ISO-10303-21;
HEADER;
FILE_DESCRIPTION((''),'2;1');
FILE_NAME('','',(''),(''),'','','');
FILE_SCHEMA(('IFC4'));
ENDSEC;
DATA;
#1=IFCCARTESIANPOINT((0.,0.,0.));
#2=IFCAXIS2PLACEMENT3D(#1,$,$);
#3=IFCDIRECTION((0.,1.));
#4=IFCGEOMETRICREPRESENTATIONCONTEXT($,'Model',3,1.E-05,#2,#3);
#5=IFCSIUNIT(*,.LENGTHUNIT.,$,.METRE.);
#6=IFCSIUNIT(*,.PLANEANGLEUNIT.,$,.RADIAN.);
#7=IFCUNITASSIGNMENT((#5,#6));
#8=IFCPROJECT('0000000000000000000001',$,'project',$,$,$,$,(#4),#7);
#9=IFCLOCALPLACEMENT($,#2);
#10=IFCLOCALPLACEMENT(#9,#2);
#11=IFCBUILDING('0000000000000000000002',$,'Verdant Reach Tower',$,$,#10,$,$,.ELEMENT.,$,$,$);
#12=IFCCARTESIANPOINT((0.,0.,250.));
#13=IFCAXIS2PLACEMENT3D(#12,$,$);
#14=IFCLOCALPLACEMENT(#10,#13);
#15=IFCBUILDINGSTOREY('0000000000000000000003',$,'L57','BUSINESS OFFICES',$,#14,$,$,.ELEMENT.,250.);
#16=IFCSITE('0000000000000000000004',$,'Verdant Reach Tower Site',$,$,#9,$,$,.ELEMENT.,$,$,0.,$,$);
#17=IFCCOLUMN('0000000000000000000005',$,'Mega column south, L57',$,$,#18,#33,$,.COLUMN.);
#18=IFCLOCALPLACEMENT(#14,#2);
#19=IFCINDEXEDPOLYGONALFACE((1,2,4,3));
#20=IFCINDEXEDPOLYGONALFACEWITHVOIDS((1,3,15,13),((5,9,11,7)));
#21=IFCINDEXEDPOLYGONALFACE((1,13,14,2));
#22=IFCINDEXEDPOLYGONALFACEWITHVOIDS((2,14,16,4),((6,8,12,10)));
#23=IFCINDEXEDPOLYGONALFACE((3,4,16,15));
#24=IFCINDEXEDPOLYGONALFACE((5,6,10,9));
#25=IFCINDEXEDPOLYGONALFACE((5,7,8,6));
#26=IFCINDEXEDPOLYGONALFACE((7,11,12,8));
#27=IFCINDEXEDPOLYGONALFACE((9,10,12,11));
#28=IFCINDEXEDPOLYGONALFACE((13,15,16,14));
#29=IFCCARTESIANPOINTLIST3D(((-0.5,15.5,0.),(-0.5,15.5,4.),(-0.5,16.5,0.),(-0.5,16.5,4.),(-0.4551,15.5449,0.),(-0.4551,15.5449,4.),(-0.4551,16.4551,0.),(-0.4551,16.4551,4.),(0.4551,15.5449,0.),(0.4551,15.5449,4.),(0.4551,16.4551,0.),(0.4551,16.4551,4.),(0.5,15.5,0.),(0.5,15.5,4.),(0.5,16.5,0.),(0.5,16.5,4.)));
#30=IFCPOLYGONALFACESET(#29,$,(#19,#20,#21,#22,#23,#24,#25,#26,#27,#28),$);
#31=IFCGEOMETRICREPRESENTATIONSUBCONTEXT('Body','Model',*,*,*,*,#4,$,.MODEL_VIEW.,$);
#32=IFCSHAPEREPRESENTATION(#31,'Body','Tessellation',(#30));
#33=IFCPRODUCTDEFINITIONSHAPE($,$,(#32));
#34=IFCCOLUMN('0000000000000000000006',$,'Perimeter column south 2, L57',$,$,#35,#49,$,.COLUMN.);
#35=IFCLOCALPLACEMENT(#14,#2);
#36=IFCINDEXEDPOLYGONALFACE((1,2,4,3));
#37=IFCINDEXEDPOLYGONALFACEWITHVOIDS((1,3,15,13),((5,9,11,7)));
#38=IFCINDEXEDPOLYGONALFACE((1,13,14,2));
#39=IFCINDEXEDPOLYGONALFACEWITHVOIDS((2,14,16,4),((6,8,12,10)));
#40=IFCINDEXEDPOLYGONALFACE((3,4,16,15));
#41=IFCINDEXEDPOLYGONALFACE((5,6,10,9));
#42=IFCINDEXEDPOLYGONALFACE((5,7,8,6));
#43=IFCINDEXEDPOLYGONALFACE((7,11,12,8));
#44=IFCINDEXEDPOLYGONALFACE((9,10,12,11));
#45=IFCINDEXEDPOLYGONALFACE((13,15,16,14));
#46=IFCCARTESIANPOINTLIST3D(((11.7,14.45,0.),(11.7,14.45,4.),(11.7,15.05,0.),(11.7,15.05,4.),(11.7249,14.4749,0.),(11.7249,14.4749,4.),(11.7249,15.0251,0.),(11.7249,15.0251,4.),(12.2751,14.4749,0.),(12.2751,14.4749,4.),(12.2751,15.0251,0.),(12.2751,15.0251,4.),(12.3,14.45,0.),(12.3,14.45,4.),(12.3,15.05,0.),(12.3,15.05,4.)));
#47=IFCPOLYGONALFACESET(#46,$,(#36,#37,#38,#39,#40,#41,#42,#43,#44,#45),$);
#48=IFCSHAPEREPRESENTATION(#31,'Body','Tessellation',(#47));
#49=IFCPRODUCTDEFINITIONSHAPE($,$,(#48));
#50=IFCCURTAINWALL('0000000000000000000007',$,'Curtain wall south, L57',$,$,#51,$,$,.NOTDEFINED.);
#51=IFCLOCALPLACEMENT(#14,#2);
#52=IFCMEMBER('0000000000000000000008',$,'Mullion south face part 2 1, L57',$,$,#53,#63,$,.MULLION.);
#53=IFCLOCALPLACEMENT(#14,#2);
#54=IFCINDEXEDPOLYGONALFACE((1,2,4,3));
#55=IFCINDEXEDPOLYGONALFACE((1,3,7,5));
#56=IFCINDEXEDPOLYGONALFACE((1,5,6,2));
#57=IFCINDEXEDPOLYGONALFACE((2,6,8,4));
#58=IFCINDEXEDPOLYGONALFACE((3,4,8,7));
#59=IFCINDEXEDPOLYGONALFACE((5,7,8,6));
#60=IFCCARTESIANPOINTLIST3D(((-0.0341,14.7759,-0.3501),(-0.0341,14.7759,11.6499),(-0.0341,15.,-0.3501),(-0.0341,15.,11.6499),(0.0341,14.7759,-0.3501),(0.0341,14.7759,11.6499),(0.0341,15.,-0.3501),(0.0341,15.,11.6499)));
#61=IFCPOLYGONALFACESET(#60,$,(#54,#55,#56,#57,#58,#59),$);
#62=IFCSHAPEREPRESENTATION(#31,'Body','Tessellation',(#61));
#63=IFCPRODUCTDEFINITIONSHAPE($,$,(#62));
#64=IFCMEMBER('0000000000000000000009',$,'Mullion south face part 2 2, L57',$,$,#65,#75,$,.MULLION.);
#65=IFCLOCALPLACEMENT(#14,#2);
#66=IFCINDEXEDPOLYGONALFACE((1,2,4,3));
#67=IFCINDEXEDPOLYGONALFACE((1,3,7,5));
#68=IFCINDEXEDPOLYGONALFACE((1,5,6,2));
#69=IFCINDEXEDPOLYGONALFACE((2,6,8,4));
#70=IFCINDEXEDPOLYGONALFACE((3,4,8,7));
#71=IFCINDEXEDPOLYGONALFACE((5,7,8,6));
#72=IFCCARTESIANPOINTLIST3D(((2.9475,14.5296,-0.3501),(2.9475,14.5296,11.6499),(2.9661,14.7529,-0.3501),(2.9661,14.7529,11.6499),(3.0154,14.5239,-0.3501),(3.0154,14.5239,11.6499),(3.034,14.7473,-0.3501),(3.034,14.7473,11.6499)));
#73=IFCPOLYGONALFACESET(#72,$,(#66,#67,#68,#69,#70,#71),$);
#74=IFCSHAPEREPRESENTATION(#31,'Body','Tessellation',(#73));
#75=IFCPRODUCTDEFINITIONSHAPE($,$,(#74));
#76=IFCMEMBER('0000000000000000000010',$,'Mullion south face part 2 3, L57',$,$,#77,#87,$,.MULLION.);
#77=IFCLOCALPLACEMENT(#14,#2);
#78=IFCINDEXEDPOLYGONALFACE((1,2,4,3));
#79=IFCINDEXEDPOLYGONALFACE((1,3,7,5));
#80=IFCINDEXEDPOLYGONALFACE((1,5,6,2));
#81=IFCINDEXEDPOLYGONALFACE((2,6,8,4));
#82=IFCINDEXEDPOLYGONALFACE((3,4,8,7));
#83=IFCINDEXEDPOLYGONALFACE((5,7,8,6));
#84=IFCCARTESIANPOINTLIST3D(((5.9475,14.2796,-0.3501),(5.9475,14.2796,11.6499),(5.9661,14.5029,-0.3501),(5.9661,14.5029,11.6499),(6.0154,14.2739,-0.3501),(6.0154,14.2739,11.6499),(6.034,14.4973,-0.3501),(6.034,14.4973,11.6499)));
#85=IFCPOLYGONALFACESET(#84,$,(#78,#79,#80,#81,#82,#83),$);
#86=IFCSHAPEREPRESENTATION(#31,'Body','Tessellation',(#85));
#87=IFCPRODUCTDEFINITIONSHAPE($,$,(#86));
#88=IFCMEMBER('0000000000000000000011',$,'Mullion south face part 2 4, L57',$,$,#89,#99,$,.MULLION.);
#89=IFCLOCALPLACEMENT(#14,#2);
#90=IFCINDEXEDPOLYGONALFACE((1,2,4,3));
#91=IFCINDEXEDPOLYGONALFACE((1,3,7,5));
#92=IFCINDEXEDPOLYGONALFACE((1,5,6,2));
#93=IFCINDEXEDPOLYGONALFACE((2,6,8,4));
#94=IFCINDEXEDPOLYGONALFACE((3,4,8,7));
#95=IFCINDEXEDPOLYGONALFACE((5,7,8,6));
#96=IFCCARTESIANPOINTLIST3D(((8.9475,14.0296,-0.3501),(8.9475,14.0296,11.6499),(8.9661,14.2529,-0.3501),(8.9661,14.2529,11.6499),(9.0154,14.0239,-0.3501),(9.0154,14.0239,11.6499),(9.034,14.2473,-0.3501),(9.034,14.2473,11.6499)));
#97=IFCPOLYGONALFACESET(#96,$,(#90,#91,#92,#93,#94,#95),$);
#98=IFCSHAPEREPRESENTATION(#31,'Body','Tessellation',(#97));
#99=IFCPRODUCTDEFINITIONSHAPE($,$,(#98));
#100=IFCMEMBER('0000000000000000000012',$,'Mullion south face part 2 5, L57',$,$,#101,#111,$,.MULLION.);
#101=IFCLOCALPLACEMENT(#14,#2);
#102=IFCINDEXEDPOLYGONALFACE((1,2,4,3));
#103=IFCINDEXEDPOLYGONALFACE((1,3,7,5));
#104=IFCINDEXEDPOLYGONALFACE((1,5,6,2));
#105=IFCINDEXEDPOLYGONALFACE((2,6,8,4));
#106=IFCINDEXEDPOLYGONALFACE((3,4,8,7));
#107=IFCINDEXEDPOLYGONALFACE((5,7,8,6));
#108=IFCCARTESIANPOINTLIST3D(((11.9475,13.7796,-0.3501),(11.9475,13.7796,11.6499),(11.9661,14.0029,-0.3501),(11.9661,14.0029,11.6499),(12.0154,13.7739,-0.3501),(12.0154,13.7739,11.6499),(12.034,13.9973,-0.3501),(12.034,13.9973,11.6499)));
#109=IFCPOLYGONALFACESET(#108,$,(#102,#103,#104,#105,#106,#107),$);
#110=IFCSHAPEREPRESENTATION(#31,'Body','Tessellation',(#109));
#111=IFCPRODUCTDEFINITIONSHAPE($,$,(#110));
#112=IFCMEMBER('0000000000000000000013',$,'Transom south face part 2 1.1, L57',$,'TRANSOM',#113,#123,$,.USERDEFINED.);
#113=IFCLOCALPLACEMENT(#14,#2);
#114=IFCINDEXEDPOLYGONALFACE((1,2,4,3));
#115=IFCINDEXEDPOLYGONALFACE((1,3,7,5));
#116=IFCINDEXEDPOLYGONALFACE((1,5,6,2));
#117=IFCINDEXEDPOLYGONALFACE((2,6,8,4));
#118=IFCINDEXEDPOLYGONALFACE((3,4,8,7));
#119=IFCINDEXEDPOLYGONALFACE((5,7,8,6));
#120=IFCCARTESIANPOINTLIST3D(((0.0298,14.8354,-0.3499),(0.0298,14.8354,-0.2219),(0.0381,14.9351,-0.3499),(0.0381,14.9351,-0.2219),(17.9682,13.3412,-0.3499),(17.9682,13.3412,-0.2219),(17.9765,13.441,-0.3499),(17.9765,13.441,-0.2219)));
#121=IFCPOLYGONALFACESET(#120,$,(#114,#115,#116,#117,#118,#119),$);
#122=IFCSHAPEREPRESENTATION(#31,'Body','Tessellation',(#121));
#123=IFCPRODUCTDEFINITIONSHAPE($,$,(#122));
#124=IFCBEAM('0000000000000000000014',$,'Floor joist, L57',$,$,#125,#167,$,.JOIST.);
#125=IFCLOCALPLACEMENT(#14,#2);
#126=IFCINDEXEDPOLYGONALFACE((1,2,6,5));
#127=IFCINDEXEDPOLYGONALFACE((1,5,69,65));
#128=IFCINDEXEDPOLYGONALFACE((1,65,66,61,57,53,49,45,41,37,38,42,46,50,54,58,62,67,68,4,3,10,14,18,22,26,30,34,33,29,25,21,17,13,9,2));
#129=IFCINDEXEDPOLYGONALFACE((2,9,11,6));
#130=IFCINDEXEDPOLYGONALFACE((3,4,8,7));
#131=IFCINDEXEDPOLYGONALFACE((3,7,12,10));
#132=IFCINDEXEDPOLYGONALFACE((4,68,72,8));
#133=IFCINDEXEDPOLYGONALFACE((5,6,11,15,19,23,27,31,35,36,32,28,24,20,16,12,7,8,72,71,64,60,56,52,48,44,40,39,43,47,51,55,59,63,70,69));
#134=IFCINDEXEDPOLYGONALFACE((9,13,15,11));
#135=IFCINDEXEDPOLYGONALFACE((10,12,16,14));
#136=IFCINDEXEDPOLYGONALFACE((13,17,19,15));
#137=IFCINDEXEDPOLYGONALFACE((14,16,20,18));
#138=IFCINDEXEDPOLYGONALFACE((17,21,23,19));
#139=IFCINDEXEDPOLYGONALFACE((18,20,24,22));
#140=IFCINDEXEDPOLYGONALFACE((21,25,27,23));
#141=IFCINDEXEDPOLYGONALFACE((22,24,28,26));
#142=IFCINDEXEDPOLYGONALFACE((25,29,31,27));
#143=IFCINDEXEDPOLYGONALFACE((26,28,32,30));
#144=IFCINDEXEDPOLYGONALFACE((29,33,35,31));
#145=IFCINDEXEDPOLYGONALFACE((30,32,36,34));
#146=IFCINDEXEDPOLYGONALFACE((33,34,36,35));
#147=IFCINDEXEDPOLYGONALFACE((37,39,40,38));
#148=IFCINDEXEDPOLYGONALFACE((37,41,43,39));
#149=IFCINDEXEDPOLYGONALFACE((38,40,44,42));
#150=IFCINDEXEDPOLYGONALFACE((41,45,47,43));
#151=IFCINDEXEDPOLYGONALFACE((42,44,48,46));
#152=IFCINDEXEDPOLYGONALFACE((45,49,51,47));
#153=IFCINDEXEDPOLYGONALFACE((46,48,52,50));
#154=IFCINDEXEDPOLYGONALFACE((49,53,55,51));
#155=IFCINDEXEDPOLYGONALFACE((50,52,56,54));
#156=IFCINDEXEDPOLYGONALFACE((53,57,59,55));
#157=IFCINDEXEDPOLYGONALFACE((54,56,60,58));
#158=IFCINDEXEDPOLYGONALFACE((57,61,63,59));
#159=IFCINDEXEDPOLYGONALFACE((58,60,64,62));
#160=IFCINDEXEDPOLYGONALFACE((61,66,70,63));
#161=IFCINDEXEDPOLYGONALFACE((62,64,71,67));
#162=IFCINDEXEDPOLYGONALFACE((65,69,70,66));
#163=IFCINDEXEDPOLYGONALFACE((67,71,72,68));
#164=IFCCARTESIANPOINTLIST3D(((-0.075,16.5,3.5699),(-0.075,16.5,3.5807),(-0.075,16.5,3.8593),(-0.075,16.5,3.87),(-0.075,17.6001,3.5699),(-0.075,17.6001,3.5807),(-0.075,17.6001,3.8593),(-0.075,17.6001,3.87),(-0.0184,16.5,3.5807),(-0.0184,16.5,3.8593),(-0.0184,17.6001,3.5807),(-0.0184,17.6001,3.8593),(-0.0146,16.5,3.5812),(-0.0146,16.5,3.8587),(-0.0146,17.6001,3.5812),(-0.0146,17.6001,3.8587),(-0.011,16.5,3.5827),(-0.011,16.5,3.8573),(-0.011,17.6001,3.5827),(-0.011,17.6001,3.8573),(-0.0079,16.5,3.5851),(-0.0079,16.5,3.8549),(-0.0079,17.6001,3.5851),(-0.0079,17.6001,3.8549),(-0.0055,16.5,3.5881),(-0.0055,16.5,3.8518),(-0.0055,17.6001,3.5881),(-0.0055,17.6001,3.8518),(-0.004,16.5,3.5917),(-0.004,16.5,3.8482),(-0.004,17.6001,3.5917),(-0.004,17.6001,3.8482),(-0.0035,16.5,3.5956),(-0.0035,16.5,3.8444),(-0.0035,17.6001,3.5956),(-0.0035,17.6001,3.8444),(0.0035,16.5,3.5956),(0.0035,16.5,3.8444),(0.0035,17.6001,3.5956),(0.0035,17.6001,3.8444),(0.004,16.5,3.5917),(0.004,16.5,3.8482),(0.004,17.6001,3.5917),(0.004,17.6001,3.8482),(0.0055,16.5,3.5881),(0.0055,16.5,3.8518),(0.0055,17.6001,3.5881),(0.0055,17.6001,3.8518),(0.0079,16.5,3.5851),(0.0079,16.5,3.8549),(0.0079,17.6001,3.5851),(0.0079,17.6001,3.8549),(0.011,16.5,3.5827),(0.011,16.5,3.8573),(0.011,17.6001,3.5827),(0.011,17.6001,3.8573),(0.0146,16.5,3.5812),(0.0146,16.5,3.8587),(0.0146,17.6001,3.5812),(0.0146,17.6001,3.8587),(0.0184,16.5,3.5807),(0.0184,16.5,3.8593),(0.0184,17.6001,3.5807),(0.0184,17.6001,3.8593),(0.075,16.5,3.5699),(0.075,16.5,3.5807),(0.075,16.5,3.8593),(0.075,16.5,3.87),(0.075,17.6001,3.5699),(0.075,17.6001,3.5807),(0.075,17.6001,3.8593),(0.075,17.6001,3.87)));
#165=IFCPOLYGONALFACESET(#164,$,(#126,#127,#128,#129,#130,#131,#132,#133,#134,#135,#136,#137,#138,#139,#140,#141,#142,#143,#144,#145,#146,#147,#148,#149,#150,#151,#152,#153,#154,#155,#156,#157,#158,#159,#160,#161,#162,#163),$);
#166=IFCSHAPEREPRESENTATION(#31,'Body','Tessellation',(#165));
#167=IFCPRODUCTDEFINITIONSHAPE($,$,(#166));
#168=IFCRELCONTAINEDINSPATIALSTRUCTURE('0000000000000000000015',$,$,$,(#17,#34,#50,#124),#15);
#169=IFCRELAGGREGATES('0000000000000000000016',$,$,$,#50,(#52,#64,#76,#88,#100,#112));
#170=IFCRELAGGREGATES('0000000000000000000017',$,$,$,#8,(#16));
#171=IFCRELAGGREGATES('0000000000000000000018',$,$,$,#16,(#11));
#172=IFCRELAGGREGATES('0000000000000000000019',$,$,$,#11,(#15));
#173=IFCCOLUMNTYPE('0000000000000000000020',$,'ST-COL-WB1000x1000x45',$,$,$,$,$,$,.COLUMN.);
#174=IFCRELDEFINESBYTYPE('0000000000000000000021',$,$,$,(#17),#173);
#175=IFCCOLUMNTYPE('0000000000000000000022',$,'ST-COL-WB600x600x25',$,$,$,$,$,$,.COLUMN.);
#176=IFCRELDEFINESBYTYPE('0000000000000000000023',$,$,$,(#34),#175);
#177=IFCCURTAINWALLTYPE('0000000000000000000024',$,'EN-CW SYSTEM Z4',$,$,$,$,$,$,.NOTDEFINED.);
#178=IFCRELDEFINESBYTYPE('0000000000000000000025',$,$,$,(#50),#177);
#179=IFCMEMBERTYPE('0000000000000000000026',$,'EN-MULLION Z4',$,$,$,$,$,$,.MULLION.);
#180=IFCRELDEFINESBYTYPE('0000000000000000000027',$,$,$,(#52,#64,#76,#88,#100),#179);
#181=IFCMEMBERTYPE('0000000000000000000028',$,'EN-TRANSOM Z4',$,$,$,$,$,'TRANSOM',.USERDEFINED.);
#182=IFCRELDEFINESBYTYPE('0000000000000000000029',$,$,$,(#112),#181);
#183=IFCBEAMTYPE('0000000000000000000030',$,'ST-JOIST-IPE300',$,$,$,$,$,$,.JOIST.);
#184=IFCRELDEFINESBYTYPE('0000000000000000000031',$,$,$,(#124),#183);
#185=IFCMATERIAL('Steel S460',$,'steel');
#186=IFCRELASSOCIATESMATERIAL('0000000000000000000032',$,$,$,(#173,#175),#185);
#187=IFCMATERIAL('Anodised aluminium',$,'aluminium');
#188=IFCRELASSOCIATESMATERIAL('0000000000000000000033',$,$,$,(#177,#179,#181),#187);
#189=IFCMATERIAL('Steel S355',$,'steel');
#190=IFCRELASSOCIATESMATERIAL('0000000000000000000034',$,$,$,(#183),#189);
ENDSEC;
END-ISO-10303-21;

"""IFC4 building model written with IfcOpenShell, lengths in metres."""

from ifc_helpers import new_model, si_unit, direction, frame, origin, origin_2d, place, context, subcontext, project, spatial, rectangle, hollow_rectangle, i_section, extrude, material, material_profile, profile_set, type_object, element, aggregate, save


model = new_model("IFC4")

# Units and contexts
model_context = context("Model", 3, precision=1e-05, world=origin(), true_north=direction((0.0, 1.0)))
body_context = subcontext(model_context, "Body", "Model", "MODEL_VIEW")
ifc_project = project(units=[si_unit("LENGTHUNIT", "METRE"), si_unit("PLANEANGLEUNIT", "RADIAN")], contexts=[model_context])

# Site, building, storey
site_placement = place(None, origin())
site = spatial("IfcSite", under=ifc_project, at=site_placement, Name="Verdant Reach Tower Site", CompositionType="ELEMENT", RefElevation=0.0)
building_placement = place(site_placement, origin())
building = spatial("IfcBuilding", under=site, at=building_placement, Name="Verdant Reach Tower", CompositionType="ELEMENT")
storey_placement = place(building_placement, frame((0.0, 0.0, 250.0)))
storey = spatial("IfcBuildingStorey", under=building, at=storey_placement, Name="L57", Description="BUSINESS OFFICES", CompositionType="ELEMENT", Elevation=250.0)

# Columns
ifc_material_1 = material(Name="Steel S460", Category="steel")
ifc_material_profile_1 = material_profile(ifc_material_1, hollow_rectangle(XDim=1.0, YDim=1.0, WallThickness=0.0449, at=origin_2d()), Name="WB 1000x1000x45")
ifc_profile_set_1 = profile_set([ifc_material_profile_1], Name="Steel S460")
column_type_1 = type_object("IfcColumnType", Name="ST-COL-WB1000x1000x45", PredefinedType="COLUMN", material=ifc_profile_set_1)
column_1_placement = place(storey_placement, frame((0.0, 16.0, 0.0), z_axis=(0.0, 0.0, 1.0), x_axis=(1.0, 0.0, 0.0)))
element("IfcColumn", 1, at=column_1_placement, inside=storey, type_object=column_type_1, Name="Mega column south, L57", PredefinedType="COLUMN", context=body_context, shape_type="SweptSolid", body=[
    extrude(hollow_rectangle(XDim=1.0, YDim=1.0, WallThickness=0.0449, at=origin_2d()), origin(), (0.0, 0.0, 1.0), 4.0),
])
ifc_material_profile_2 = material_profile(ifc_material_1, hollow_rectangle(XDim=0.6001, YDim=0.6001, WallThickness=0.0249, at=origin_2d()), Name="WB 600x600x25")
ifc_profile_set_2 = profile_set([ifc_material_profile_2], Name="Steel S460")
column_type_2 = type_object("IfcColumnType", Name="ST-COL-WB600x600x25", PredefinedType="COLUMN", material=ifc_profile_set_2)
column_2_placement = place(storey_placement, frame((12.0, 14.75, 0.0), z_axis=(0.0, 0.0, 1.0), x_axis=(1.0, 0.0, 0.0)))
element("IfcColumn", 2, at=column_2_placement, inside=storey, type_object=column_type_2, Name="Perimeter column south 2, L57", PredefinedType="COLUMN", context=body_context, shape_type="SweptSolid", body=[
    extrude(hollow_rectangle(XDim=0.6001, YDim=0.6001, WallThickness=0.0249, at=origin_2d()), origin(), (0.0, 0.0, 1.0), 4.0),
])

# Curtain wall, members
ifc_material_2 = material(Name="Anodised aluminium", Category="aluminium")
curtain_wall_type = type_object("IfcCurtainWallType", Name="EN-CW SYSTEM Z4", PredefinedType="NOTDEFINED", material=ifc_material_2)
curtain_wall_placement = place(storey_placement, origin())
curtain_wall = element("IfcCurtainWall", 3, at=curtain_wall_placement, inside=storey, type_object=curtain_wall_type, Name="Curtain wall south, L57", PredefinedType="NOTDEFINED")
ifc_material_profile_3 = material_profile(ifc_material_2, rectangle(XDim=0.2241, YDim=0.0681, at=origin_2d()), Name="Mullion 68x224")
ifc_profile_set_3 = profile_set([ifc_material_profile_3], Name="Anodised aluminium")
member_type_1 = type_object("IfcMemberType", Name="EN-MULLION Z4", PredefinedType="MULLION", material=ifc_profile_set_3)
member_1_placement = place(storey_placement, frame((0.0, 14.8879, -0.3501), z_axis=(0.0, 0.0, 1.0), x_axis=(0.0, -1.0, 0.0)))
member_1 = element("IfcMember", 4, at=member_1_placement, type_object=member_type_1, Name="Mullion south face part 2 1, L57", PredefinedType="MULLION", context=body_context, shape_type="SweptSolid", body=[
    extrude(rectangle(XDim=0.2241, YDim=0.0681, at=origin_2d()), origin(), (0.0, 0.0, 1.0), 12.0),
])
member_2_placement = place(storey_placement, frame((2.9907, 14.6384, -0.3501), z_axis=(0.0, 0.0, 1.0), x_axis=(-0.083045, -0.996546, 0.0)))
member_2 = element("IfcMember", 5, at=member_2_placement, type_object=member_type_1, Name="Mullion south face part 2 2, L57", PredefinedType="MULLION", context=body_context, shape_type="SweptSolid", body=[
    extrude(rectangle(XDim=0.2241, YDim=0.0681, at=origin_2d()), origin(), (0.0, 0.0, 1.0), 12.0),
])
member_3_placement = place(storey_placement, frame((5.9907, 14.3884, -0.3501), z_axis=(0.0, 0.0, 1.0), x_axis=(-0.083045, -0.996546, 0.0)))
member_3 = element("IfcMember", 6, at=member_3_placement, type_object=member_type_1, Name="Mullion south face part 2 3, L57", PredefinedType="MULLION", context=body_context, shape_type="SweptSolid", body=[
    extrude(rectangle(XDim=0.2241, YDim=0.0681, at=origin_2d()), origin(), (0.0, 0.0, 1.0), 12.0),
])
member_4_placement = place(storey_placement, frame((8.9907, 14.1384, -0.3501), z_axis=(0.0, 0.0, 1.0), x_axis=(-0.083045, -0.996546, 0.0)))
member_4 = element("IfcMember", 7, at=member_4_placement, type_object=member_type_1, Name="Mullion south face part 2 4, L57", PredefinedType="MULLION", context=body_context, shape_type="SweptSolid", body=[
    extrude(rectangle(XDim=0.2241, YDim=0.0681, at=origin_2d()), origin(), (0.0, 0.0, 1.0), 12.0),
])
member_5_placement = place(storey_placement, frame((11.9907, 13.8884, -0.3501), z_axis=(0.0, 0.0, 1.0), x_axis=(-0.083045, -0.996546, 0.0)))
member_5 = element("IfcMember", 8, at=member_5_placement, type_object=member_type_1, Name="Mullion south face part 2 5, L57", PredefinedType="MULLION", context=body_context, shape_type="SweptSolid", body=[
    extrude(rectangle(XDim=0.2241, YDim=0.0681, at=origin_2d()), origin(), (0.0, 0.0, 1.0), 12.0),
])
ifc_material_profile_4 = material_profile(ifc_material_2, rectangle(XDim=0.1001, YDim=0.1279, at=origin_2d()), Name="Transom 128x100")
ifc_profile_set_4 = profile_set([ifc_material_profile_4], Name="Anodised aluminium")
member_type_2 = type_object("IfcMemberType", Name="EN-TRANSOM Z4", ElementType="TRANSOM", PredefinedType="USERDEFINED", material=ifc_profile_set_4)
member_6_placement = place(storey_placement, frame((0.0339, 14.8853, -0.2859), z_axis=(0.996549, -0.083005, 0.0), x_axis=(0.083005, 0.996549, 0.0)))
member_6 = element("IfcMember", 9, at=member_6_placement, type_object=member_type_2, Name="Transom south face part 2 1.1, L57", ObjectType="TRANSOM", PredefinedType="USERDEFINED", context=body_context, shape_type="SweptSolid", body=[
    extrude(rectangle(XDim=0.1001, YDim=0.1279, at=origin_2d()), origin(), (0.0, 0.0, 1.0), 18.0005),
])

# Beam
ifc_material_3 = material(Name="Steel S355", Category="steel")
ifc_material_profile_5 = material_profile(ifc_material_3, i_section(OverallWidth=0.1499, OverallDepth=0.3, WebThickness=0.0071, FlangeThickness=0.0107, FilletRadius=0.0149, at=origin_2d()), Name="IPE 300")
ifc_profile_set_5 = profile_set([ifc_material_profile_5], Name="Steel S355")
beam_type = type_object("IfcBeamType", Name="ST-JOIST-IPE300", PredefinedType="JOIST", material=ifc_profile_set_5)
beam_1_placement = place(storey_placement, frame((0.0, 17.6001, 3.72), z_axis=(0.0, -1.0, 0.0), x_axis=(1.0, 0.0, 0.0)))
element("IfcBeam", 10, at=beam_1_placement, inside=storey, type_object=beam_type, Name="Floor joist, L57", PredefinedType="JOIST", context=body_context, shape_type="SweptSolid", body=[
    extrude(i_section(OverallWidth=0.1499, OverallDepth=0.3, WebThickness=0.0071, FlangeThickness=0.0107, FilletRadius=0.0149, at=origin_2d()), origin(), (0.0, 0.0, 1.0), 1.1001),
])

aggregate(curtain_wall, [member_1, member_2, member_3, member_4, member_5, member_6])

save(model, "model.ifc")
